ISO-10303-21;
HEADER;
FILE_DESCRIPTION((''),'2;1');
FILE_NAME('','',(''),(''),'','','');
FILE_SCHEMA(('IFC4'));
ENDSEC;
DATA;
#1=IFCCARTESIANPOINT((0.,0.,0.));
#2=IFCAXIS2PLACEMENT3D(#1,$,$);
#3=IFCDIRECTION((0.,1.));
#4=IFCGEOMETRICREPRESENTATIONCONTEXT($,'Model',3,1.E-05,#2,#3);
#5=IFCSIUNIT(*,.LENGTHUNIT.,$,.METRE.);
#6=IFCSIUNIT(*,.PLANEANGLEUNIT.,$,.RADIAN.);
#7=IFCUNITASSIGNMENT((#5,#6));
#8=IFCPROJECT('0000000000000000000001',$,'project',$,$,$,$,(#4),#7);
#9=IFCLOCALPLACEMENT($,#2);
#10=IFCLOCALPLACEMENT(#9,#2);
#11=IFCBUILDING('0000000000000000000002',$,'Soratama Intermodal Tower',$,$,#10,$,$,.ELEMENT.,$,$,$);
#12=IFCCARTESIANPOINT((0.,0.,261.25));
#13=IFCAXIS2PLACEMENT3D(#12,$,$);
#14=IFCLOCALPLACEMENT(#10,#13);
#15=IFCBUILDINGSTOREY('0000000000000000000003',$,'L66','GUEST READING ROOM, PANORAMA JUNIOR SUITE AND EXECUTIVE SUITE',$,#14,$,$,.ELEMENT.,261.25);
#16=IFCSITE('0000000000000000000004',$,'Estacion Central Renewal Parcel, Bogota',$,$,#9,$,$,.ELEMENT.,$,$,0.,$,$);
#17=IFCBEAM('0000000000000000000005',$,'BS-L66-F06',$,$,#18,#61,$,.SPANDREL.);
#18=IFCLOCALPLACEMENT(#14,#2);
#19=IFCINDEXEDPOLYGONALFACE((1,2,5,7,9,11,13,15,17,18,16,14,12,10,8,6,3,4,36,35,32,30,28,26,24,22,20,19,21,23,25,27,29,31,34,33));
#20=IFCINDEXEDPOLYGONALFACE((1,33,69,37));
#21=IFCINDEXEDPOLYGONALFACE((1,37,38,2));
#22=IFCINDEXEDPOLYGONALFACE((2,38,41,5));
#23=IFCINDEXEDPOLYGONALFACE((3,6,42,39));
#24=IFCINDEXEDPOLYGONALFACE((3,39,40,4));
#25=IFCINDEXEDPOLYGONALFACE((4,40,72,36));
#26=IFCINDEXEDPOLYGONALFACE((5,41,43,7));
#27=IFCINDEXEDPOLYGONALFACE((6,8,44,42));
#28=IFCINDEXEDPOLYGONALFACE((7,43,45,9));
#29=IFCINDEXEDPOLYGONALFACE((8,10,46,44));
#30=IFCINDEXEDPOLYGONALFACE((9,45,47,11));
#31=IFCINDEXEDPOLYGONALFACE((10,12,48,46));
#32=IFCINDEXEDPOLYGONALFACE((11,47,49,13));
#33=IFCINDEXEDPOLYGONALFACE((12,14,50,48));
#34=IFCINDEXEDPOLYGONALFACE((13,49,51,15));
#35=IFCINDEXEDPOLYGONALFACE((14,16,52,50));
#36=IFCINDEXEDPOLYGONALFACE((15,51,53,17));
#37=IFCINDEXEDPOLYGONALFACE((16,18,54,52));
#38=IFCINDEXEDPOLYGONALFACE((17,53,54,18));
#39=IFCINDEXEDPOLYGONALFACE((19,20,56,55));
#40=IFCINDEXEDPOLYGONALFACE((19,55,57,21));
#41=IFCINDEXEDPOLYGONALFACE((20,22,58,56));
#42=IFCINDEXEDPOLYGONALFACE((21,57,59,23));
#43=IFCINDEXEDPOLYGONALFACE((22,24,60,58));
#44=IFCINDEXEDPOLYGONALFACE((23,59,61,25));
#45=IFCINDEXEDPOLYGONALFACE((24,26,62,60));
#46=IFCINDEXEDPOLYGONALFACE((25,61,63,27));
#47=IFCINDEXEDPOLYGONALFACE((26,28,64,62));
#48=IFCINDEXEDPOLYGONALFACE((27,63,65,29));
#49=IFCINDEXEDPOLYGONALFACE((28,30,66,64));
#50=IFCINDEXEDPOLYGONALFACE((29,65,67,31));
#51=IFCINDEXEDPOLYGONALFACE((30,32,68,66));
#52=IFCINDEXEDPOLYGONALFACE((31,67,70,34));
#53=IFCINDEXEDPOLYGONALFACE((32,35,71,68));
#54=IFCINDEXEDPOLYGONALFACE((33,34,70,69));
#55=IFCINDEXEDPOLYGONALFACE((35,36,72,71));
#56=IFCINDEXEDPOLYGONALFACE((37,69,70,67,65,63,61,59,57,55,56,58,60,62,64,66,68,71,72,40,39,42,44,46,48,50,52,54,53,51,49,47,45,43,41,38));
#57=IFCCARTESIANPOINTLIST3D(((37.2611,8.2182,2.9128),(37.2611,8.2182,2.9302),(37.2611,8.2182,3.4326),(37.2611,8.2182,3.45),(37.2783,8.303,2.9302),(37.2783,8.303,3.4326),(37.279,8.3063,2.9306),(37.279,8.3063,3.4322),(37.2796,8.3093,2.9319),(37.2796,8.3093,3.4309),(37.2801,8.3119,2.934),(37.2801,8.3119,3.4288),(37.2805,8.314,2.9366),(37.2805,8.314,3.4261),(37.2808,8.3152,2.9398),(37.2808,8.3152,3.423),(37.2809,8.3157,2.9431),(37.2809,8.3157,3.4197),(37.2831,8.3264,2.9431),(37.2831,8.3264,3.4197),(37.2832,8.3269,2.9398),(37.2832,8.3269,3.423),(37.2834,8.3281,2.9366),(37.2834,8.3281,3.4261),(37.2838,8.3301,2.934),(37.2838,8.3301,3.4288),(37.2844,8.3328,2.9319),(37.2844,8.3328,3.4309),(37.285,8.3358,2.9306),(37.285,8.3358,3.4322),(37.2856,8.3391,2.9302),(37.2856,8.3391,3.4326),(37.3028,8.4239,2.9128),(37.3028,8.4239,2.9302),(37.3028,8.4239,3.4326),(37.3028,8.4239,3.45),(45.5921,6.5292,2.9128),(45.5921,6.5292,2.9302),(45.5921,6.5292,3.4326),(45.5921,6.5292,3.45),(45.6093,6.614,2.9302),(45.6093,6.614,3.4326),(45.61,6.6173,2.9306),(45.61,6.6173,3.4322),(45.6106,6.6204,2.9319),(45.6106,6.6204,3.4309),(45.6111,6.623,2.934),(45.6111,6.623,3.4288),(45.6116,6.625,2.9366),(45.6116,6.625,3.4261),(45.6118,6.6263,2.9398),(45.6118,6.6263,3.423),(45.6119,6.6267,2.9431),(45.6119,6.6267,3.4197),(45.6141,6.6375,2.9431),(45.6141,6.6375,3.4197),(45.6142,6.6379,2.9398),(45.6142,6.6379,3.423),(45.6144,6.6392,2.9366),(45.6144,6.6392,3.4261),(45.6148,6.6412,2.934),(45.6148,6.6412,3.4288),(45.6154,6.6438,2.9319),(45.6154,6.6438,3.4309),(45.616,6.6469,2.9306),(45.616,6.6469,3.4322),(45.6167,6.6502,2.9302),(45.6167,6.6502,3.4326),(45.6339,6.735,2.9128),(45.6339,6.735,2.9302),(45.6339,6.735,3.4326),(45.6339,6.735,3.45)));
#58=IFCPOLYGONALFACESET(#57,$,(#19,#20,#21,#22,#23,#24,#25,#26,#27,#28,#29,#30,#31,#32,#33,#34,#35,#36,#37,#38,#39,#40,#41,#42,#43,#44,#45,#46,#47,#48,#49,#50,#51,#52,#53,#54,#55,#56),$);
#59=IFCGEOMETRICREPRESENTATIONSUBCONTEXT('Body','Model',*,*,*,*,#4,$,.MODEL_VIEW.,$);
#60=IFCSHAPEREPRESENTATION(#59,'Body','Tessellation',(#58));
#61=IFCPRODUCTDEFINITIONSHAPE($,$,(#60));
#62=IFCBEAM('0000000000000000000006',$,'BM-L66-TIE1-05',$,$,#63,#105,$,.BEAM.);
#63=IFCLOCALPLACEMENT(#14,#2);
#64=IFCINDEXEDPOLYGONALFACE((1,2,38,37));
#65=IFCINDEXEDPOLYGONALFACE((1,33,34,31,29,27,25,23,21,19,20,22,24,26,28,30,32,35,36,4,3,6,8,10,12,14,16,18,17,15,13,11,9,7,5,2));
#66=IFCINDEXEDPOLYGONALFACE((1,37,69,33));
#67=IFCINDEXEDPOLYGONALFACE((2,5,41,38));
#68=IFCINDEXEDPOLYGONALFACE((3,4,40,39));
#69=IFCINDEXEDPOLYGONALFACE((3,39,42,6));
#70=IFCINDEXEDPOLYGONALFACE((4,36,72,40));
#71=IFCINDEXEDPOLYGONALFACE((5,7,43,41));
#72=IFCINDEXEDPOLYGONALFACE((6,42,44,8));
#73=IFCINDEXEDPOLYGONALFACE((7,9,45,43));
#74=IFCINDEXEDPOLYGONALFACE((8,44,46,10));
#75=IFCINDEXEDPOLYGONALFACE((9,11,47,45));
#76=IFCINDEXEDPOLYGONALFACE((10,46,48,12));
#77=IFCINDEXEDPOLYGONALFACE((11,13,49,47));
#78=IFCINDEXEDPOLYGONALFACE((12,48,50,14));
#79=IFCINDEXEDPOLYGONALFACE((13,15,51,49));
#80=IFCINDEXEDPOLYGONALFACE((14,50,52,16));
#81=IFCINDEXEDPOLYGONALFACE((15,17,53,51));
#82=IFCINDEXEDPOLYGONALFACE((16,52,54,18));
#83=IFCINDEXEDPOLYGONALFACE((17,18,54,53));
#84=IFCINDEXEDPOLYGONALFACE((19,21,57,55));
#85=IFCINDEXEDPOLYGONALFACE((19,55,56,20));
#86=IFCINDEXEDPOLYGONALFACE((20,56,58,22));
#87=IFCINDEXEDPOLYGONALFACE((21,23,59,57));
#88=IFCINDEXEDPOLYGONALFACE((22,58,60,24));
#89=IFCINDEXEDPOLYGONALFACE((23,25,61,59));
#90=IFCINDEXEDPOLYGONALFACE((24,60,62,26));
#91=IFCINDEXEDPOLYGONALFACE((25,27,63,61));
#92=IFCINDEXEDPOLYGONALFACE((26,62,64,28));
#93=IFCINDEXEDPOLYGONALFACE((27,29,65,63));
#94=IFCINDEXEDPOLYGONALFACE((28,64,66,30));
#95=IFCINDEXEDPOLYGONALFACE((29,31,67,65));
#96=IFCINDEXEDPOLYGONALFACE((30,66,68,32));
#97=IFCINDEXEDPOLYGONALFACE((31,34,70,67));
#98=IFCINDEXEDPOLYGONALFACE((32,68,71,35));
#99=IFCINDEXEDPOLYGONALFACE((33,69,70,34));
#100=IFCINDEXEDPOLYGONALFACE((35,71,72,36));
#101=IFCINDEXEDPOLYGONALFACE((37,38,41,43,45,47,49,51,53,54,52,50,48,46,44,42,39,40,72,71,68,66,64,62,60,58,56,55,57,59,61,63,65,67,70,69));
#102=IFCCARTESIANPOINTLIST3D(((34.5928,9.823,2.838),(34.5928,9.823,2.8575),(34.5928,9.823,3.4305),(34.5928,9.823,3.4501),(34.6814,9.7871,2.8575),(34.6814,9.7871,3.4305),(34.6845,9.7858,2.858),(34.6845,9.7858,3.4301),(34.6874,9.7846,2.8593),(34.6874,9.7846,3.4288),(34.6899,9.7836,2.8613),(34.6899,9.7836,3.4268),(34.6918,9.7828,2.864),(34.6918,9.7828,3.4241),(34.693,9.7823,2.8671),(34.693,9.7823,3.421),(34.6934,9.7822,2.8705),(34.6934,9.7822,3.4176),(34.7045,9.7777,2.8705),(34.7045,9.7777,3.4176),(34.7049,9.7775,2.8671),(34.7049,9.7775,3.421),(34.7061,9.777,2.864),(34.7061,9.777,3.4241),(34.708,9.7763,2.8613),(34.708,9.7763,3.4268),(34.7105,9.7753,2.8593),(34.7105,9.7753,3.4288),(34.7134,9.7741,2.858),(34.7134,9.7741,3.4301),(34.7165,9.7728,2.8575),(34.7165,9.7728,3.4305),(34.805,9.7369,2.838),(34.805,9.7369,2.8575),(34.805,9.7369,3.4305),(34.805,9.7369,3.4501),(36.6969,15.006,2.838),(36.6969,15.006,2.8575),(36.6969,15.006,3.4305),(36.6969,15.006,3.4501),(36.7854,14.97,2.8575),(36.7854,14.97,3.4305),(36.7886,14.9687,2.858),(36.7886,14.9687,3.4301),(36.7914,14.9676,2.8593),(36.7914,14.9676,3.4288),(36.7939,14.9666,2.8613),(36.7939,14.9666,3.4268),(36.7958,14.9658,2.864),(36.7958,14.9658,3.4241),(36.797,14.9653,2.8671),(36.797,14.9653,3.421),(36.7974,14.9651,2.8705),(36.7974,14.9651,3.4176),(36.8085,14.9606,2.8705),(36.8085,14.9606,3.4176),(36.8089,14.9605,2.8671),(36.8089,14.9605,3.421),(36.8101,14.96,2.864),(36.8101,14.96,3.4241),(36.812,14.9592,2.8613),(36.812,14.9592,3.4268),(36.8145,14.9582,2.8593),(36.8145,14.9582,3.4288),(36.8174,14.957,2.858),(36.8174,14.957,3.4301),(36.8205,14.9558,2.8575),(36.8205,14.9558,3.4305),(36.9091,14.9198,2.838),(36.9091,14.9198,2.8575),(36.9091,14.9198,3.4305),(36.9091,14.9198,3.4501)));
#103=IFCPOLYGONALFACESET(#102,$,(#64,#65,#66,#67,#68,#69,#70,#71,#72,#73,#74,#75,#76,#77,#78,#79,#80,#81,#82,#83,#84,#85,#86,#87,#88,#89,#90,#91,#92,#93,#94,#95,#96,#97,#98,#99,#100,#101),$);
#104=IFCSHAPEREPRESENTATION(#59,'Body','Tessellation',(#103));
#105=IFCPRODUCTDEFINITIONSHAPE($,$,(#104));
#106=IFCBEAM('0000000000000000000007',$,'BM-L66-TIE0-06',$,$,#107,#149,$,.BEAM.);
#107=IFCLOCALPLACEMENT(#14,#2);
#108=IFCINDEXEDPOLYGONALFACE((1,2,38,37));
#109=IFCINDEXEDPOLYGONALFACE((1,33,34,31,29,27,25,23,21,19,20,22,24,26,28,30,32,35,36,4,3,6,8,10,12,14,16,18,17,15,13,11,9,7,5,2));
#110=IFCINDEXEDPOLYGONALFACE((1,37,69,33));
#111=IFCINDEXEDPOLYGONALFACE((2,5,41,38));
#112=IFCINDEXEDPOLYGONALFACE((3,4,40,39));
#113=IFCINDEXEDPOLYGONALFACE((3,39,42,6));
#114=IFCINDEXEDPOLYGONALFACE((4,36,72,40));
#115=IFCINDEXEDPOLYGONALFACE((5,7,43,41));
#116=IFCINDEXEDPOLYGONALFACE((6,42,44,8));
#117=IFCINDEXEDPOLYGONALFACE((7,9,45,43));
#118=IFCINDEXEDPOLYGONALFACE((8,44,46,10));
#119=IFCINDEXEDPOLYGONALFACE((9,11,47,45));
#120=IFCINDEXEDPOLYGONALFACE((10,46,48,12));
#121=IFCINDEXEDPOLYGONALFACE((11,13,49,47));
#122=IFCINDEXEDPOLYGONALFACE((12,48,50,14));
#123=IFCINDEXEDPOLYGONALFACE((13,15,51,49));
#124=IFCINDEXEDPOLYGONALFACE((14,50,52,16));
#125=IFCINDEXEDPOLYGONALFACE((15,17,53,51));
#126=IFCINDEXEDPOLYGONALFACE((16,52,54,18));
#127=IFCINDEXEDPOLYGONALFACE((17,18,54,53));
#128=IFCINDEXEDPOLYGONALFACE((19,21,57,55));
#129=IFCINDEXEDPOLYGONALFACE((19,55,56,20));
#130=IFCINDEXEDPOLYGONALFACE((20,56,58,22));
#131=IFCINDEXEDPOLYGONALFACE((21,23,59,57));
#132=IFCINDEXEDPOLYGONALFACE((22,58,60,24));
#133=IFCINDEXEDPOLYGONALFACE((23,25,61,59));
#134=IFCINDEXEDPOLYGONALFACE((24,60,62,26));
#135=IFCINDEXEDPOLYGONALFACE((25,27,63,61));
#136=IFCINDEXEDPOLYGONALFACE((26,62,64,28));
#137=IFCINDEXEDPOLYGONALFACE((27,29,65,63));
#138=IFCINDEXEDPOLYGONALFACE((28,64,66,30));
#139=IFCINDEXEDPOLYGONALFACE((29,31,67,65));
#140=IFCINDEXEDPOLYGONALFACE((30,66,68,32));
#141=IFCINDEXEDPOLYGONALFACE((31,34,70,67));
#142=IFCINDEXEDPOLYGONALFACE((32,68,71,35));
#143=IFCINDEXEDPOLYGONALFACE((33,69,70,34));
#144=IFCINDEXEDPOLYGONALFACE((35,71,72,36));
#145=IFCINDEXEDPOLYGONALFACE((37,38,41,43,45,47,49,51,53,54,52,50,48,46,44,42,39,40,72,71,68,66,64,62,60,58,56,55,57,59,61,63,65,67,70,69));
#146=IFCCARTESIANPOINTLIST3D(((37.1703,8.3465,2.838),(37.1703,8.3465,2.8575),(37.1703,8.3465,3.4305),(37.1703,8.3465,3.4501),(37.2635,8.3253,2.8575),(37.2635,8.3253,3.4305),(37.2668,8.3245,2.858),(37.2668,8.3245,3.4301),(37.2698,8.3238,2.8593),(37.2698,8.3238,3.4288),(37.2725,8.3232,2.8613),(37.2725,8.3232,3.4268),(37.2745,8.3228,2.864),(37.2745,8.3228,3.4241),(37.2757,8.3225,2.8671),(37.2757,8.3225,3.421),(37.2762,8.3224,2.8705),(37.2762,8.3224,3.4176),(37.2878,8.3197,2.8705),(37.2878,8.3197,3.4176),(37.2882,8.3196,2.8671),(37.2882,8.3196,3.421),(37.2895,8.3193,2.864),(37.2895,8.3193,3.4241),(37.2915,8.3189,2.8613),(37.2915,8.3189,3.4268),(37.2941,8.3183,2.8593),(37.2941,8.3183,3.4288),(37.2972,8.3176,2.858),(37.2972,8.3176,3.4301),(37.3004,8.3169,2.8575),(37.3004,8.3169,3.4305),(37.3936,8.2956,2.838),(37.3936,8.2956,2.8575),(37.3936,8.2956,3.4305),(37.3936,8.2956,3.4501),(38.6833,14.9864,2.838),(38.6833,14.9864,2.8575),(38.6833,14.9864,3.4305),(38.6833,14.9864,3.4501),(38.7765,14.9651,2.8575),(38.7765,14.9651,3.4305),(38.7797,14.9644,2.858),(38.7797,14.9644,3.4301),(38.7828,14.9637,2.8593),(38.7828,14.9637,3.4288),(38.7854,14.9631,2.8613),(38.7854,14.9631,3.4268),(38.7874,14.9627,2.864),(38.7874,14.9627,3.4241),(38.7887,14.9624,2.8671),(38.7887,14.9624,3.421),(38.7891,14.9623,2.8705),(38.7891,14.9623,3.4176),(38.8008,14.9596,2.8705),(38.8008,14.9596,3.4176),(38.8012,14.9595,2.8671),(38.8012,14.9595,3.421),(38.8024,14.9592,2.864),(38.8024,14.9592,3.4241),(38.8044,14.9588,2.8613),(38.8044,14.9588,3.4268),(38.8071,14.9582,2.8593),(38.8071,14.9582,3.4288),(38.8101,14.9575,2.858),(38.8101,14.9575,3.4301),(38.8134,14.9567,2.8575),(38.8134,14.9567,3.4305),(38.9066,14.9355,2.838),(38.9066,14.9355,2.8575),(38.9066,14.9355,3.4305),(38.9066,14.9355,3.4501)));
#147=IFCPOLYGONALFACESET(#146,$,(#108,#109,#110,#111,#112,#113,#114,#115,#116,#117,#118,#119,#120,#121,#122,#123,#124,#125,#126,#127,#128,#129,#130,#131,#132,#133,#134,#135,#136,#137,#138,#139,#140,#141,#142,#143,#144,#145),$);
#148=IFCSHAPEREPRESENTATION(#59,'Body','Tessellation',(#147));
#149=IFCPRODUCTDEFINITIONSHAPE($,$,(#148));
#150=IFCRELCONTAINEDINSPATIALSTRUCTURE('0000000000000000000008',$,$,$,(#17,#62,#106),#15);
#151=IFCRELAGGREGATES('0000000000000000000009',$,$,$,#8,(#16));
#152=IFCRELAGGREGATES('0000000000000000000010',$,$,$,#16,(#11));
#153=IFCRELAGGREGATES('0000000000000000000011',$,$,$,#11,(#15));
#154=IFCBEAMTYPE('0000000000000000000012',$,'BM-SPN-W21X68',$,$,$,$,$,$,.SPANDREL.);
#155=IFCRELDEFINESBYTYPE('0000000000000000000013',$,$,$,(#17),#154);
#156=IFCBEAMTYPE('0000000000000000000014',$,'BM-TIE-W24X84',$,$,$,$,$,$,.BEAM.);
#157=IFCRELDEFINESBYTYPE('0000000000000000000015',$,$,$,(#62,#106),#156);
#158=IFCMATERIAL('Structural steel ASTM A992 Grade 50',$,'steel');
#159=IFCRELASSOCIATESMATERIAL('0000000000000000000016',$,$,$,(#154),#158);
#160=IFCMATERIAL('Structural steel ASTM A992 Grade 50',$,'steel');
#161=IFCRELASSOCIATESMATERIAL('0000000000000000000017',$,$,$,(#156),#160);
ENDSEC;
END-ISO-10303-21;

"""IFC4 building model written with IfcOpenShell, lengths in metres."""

from ifc_helpers import new_model, si_unit, direction, frame, origin, origin_2d, place, context, subcontext, project, spatial, i_section, extrude, material, material_profile, profile_set, type_object, element, save


model = new_model("IFC4")

# Units and contexts
model_context = context("Model", 3, precision=1e-05, world=origin(), true_north=direction((0.0, 1.0)))
body_context = subcontext(model_context, "Body", "Model", "MODEL_VIEW")
ifc_project = project(units=[si_unit("LENGTHUNIT", "METRE"), si_unit("PLANEANGLEUNIT", "RADIAN")], contexts=[model_context])

# Site, building, storey
site_placement = place(None, origin())
site = spatial("IfcSite", under=ifc_project, at=site_placement, Name="Estacion Central Renewal Parcel, Bogota", CompositionType="ELEMENT", RefElevation=0.0)
building_placement = place(site_placement, origin())
building = spatial("IfcBuilding", under=site, at=building_placement, Name="Soratama Intermodal Tower", CompositionType="ELEMENT")
storey_placement = place(building_placement, frame((0.0, 0.0, 261.25)))
storey = spatial("IfcBuildingStorey", under=building, at=storey_placement, Name="L66", Description="GUEST READING ROOM, PANORAMA JUNIOR SUITE AND EXECUTIVE SUITE", CompositionType="ELEMENT", Elevation=261.25)

# Beams
ifc_material_1 = material(Name="Structural steel ASTM A992 Grade 50", Category="steel")
ifc_material_profile_1 = material_profile(ifc_material_1, i_section(OverallWidth=0.21, OverallDepth=0.5371, WebThickness=0.011, FlangeThickness=0.0173, FilletRadius=0.0129, at=origin_2d()), Name="W21X68")
ifc_profile_set_1 = profile_set([ifc_material_profile_1], Name="Structural steel ASTM A992 Grade 50")
beam_type_1 = type_object("IfcBeamType", Name="BM-SPN-W21X68", PredefinedType="SPANDREL", material=ifc_profile_set_1)
beam_1_placement = place(storey_placement, frame((37.282, 8.321, 3.1814), z_axis=(0.980063, -0.198689, 0.0), x_axis=(0.198689, 0.980063, 0.0)))
element("IfcBeam", 1, at=beam_1_placement, inside=storey, type_object=beam_type_1, Name="BS-L66-F06", PredefinedType="SPANDREL", context=body_context, shape_type="SweptSolid", body=[
    extrude(i_section(OverallWidth=0.21, OverallDepth=0.5371, WebThickness=0.011, FlangeThickness=0.0173, FilletRadius=0.0129, at=origin_2d()), origin(), (0.0, 0.0, 1.0), 8.5005),
])
ifc_material_2 = material(Name="Structural steel ASTM A992 Grade 50", Category="steel")
ifc_material_profile_2 = material_profile(ifc_material_2, i_section(OverallWidth=0.229, OverallDepth=0.6121, WebThickness=0.012, FlangeThickness=0.0195, FilletRadius=0.0129, at=origin_2d()), Name="W24X84")
ifc_profile_set_2 = profile_set([ifc_material_profile_2], Name="Structural steel ASTM A992 Grade 50")
beam_type_2 = type_object("IfcBeamType", Name="BM-TIE-W24X84", PredefinedType="BEAM", material=ifc_profile_set_2)
beam_2_placement = place(storey_placement, frame((36.803, 14.9629, 3.144), z_axis=(-0.376142, -0.926562, 0.0), x_axis=(0.926562, -0.376142, 0.0)))
element("IfcBeam", 2, at=beam_2_placement, inside=storey, type_object=beam_type_2, Name="BM-L66-TIE1-05", PredefinedType="BEAM", context=body_context, shape_type="SweptSolid", body=[
    extrude(i_section(OverallWidth=0.229, OverallDepth=0.6121, WebThickness=0.012, FlangeThickness=0.0195, FilletRadius=0.0129, at=origin_2d()), origin(), (0.0, 0.0, 1.0), 5.5938),
])
beam_3_placement = place(storey_placement, frame((38.7949, 14.9609, 3.144), z_axis=(-0.222162, -0.97501, 0.0), x_axis=(0.97501, -0.222162, 0.0)))
element("IfcBeam", 3, at=beam_3_placement, inside=storey, type_object=beam_type_2, Name="BM-L66-TIE0-06", PredefinedType="BEAM", context=body_context, shape_type="SweptSolid", body=[
    extrude(i_section(OverallWidth=0.229, OverallDepth=0.6121, WebThickness=0.012, FlangeThickness=0.0195, FilletRadius=0.0129, at=origin_2d()), origin(), (0.0, 0.0, 1.0), 6.8101),
])

save(model, "model.ifc")
